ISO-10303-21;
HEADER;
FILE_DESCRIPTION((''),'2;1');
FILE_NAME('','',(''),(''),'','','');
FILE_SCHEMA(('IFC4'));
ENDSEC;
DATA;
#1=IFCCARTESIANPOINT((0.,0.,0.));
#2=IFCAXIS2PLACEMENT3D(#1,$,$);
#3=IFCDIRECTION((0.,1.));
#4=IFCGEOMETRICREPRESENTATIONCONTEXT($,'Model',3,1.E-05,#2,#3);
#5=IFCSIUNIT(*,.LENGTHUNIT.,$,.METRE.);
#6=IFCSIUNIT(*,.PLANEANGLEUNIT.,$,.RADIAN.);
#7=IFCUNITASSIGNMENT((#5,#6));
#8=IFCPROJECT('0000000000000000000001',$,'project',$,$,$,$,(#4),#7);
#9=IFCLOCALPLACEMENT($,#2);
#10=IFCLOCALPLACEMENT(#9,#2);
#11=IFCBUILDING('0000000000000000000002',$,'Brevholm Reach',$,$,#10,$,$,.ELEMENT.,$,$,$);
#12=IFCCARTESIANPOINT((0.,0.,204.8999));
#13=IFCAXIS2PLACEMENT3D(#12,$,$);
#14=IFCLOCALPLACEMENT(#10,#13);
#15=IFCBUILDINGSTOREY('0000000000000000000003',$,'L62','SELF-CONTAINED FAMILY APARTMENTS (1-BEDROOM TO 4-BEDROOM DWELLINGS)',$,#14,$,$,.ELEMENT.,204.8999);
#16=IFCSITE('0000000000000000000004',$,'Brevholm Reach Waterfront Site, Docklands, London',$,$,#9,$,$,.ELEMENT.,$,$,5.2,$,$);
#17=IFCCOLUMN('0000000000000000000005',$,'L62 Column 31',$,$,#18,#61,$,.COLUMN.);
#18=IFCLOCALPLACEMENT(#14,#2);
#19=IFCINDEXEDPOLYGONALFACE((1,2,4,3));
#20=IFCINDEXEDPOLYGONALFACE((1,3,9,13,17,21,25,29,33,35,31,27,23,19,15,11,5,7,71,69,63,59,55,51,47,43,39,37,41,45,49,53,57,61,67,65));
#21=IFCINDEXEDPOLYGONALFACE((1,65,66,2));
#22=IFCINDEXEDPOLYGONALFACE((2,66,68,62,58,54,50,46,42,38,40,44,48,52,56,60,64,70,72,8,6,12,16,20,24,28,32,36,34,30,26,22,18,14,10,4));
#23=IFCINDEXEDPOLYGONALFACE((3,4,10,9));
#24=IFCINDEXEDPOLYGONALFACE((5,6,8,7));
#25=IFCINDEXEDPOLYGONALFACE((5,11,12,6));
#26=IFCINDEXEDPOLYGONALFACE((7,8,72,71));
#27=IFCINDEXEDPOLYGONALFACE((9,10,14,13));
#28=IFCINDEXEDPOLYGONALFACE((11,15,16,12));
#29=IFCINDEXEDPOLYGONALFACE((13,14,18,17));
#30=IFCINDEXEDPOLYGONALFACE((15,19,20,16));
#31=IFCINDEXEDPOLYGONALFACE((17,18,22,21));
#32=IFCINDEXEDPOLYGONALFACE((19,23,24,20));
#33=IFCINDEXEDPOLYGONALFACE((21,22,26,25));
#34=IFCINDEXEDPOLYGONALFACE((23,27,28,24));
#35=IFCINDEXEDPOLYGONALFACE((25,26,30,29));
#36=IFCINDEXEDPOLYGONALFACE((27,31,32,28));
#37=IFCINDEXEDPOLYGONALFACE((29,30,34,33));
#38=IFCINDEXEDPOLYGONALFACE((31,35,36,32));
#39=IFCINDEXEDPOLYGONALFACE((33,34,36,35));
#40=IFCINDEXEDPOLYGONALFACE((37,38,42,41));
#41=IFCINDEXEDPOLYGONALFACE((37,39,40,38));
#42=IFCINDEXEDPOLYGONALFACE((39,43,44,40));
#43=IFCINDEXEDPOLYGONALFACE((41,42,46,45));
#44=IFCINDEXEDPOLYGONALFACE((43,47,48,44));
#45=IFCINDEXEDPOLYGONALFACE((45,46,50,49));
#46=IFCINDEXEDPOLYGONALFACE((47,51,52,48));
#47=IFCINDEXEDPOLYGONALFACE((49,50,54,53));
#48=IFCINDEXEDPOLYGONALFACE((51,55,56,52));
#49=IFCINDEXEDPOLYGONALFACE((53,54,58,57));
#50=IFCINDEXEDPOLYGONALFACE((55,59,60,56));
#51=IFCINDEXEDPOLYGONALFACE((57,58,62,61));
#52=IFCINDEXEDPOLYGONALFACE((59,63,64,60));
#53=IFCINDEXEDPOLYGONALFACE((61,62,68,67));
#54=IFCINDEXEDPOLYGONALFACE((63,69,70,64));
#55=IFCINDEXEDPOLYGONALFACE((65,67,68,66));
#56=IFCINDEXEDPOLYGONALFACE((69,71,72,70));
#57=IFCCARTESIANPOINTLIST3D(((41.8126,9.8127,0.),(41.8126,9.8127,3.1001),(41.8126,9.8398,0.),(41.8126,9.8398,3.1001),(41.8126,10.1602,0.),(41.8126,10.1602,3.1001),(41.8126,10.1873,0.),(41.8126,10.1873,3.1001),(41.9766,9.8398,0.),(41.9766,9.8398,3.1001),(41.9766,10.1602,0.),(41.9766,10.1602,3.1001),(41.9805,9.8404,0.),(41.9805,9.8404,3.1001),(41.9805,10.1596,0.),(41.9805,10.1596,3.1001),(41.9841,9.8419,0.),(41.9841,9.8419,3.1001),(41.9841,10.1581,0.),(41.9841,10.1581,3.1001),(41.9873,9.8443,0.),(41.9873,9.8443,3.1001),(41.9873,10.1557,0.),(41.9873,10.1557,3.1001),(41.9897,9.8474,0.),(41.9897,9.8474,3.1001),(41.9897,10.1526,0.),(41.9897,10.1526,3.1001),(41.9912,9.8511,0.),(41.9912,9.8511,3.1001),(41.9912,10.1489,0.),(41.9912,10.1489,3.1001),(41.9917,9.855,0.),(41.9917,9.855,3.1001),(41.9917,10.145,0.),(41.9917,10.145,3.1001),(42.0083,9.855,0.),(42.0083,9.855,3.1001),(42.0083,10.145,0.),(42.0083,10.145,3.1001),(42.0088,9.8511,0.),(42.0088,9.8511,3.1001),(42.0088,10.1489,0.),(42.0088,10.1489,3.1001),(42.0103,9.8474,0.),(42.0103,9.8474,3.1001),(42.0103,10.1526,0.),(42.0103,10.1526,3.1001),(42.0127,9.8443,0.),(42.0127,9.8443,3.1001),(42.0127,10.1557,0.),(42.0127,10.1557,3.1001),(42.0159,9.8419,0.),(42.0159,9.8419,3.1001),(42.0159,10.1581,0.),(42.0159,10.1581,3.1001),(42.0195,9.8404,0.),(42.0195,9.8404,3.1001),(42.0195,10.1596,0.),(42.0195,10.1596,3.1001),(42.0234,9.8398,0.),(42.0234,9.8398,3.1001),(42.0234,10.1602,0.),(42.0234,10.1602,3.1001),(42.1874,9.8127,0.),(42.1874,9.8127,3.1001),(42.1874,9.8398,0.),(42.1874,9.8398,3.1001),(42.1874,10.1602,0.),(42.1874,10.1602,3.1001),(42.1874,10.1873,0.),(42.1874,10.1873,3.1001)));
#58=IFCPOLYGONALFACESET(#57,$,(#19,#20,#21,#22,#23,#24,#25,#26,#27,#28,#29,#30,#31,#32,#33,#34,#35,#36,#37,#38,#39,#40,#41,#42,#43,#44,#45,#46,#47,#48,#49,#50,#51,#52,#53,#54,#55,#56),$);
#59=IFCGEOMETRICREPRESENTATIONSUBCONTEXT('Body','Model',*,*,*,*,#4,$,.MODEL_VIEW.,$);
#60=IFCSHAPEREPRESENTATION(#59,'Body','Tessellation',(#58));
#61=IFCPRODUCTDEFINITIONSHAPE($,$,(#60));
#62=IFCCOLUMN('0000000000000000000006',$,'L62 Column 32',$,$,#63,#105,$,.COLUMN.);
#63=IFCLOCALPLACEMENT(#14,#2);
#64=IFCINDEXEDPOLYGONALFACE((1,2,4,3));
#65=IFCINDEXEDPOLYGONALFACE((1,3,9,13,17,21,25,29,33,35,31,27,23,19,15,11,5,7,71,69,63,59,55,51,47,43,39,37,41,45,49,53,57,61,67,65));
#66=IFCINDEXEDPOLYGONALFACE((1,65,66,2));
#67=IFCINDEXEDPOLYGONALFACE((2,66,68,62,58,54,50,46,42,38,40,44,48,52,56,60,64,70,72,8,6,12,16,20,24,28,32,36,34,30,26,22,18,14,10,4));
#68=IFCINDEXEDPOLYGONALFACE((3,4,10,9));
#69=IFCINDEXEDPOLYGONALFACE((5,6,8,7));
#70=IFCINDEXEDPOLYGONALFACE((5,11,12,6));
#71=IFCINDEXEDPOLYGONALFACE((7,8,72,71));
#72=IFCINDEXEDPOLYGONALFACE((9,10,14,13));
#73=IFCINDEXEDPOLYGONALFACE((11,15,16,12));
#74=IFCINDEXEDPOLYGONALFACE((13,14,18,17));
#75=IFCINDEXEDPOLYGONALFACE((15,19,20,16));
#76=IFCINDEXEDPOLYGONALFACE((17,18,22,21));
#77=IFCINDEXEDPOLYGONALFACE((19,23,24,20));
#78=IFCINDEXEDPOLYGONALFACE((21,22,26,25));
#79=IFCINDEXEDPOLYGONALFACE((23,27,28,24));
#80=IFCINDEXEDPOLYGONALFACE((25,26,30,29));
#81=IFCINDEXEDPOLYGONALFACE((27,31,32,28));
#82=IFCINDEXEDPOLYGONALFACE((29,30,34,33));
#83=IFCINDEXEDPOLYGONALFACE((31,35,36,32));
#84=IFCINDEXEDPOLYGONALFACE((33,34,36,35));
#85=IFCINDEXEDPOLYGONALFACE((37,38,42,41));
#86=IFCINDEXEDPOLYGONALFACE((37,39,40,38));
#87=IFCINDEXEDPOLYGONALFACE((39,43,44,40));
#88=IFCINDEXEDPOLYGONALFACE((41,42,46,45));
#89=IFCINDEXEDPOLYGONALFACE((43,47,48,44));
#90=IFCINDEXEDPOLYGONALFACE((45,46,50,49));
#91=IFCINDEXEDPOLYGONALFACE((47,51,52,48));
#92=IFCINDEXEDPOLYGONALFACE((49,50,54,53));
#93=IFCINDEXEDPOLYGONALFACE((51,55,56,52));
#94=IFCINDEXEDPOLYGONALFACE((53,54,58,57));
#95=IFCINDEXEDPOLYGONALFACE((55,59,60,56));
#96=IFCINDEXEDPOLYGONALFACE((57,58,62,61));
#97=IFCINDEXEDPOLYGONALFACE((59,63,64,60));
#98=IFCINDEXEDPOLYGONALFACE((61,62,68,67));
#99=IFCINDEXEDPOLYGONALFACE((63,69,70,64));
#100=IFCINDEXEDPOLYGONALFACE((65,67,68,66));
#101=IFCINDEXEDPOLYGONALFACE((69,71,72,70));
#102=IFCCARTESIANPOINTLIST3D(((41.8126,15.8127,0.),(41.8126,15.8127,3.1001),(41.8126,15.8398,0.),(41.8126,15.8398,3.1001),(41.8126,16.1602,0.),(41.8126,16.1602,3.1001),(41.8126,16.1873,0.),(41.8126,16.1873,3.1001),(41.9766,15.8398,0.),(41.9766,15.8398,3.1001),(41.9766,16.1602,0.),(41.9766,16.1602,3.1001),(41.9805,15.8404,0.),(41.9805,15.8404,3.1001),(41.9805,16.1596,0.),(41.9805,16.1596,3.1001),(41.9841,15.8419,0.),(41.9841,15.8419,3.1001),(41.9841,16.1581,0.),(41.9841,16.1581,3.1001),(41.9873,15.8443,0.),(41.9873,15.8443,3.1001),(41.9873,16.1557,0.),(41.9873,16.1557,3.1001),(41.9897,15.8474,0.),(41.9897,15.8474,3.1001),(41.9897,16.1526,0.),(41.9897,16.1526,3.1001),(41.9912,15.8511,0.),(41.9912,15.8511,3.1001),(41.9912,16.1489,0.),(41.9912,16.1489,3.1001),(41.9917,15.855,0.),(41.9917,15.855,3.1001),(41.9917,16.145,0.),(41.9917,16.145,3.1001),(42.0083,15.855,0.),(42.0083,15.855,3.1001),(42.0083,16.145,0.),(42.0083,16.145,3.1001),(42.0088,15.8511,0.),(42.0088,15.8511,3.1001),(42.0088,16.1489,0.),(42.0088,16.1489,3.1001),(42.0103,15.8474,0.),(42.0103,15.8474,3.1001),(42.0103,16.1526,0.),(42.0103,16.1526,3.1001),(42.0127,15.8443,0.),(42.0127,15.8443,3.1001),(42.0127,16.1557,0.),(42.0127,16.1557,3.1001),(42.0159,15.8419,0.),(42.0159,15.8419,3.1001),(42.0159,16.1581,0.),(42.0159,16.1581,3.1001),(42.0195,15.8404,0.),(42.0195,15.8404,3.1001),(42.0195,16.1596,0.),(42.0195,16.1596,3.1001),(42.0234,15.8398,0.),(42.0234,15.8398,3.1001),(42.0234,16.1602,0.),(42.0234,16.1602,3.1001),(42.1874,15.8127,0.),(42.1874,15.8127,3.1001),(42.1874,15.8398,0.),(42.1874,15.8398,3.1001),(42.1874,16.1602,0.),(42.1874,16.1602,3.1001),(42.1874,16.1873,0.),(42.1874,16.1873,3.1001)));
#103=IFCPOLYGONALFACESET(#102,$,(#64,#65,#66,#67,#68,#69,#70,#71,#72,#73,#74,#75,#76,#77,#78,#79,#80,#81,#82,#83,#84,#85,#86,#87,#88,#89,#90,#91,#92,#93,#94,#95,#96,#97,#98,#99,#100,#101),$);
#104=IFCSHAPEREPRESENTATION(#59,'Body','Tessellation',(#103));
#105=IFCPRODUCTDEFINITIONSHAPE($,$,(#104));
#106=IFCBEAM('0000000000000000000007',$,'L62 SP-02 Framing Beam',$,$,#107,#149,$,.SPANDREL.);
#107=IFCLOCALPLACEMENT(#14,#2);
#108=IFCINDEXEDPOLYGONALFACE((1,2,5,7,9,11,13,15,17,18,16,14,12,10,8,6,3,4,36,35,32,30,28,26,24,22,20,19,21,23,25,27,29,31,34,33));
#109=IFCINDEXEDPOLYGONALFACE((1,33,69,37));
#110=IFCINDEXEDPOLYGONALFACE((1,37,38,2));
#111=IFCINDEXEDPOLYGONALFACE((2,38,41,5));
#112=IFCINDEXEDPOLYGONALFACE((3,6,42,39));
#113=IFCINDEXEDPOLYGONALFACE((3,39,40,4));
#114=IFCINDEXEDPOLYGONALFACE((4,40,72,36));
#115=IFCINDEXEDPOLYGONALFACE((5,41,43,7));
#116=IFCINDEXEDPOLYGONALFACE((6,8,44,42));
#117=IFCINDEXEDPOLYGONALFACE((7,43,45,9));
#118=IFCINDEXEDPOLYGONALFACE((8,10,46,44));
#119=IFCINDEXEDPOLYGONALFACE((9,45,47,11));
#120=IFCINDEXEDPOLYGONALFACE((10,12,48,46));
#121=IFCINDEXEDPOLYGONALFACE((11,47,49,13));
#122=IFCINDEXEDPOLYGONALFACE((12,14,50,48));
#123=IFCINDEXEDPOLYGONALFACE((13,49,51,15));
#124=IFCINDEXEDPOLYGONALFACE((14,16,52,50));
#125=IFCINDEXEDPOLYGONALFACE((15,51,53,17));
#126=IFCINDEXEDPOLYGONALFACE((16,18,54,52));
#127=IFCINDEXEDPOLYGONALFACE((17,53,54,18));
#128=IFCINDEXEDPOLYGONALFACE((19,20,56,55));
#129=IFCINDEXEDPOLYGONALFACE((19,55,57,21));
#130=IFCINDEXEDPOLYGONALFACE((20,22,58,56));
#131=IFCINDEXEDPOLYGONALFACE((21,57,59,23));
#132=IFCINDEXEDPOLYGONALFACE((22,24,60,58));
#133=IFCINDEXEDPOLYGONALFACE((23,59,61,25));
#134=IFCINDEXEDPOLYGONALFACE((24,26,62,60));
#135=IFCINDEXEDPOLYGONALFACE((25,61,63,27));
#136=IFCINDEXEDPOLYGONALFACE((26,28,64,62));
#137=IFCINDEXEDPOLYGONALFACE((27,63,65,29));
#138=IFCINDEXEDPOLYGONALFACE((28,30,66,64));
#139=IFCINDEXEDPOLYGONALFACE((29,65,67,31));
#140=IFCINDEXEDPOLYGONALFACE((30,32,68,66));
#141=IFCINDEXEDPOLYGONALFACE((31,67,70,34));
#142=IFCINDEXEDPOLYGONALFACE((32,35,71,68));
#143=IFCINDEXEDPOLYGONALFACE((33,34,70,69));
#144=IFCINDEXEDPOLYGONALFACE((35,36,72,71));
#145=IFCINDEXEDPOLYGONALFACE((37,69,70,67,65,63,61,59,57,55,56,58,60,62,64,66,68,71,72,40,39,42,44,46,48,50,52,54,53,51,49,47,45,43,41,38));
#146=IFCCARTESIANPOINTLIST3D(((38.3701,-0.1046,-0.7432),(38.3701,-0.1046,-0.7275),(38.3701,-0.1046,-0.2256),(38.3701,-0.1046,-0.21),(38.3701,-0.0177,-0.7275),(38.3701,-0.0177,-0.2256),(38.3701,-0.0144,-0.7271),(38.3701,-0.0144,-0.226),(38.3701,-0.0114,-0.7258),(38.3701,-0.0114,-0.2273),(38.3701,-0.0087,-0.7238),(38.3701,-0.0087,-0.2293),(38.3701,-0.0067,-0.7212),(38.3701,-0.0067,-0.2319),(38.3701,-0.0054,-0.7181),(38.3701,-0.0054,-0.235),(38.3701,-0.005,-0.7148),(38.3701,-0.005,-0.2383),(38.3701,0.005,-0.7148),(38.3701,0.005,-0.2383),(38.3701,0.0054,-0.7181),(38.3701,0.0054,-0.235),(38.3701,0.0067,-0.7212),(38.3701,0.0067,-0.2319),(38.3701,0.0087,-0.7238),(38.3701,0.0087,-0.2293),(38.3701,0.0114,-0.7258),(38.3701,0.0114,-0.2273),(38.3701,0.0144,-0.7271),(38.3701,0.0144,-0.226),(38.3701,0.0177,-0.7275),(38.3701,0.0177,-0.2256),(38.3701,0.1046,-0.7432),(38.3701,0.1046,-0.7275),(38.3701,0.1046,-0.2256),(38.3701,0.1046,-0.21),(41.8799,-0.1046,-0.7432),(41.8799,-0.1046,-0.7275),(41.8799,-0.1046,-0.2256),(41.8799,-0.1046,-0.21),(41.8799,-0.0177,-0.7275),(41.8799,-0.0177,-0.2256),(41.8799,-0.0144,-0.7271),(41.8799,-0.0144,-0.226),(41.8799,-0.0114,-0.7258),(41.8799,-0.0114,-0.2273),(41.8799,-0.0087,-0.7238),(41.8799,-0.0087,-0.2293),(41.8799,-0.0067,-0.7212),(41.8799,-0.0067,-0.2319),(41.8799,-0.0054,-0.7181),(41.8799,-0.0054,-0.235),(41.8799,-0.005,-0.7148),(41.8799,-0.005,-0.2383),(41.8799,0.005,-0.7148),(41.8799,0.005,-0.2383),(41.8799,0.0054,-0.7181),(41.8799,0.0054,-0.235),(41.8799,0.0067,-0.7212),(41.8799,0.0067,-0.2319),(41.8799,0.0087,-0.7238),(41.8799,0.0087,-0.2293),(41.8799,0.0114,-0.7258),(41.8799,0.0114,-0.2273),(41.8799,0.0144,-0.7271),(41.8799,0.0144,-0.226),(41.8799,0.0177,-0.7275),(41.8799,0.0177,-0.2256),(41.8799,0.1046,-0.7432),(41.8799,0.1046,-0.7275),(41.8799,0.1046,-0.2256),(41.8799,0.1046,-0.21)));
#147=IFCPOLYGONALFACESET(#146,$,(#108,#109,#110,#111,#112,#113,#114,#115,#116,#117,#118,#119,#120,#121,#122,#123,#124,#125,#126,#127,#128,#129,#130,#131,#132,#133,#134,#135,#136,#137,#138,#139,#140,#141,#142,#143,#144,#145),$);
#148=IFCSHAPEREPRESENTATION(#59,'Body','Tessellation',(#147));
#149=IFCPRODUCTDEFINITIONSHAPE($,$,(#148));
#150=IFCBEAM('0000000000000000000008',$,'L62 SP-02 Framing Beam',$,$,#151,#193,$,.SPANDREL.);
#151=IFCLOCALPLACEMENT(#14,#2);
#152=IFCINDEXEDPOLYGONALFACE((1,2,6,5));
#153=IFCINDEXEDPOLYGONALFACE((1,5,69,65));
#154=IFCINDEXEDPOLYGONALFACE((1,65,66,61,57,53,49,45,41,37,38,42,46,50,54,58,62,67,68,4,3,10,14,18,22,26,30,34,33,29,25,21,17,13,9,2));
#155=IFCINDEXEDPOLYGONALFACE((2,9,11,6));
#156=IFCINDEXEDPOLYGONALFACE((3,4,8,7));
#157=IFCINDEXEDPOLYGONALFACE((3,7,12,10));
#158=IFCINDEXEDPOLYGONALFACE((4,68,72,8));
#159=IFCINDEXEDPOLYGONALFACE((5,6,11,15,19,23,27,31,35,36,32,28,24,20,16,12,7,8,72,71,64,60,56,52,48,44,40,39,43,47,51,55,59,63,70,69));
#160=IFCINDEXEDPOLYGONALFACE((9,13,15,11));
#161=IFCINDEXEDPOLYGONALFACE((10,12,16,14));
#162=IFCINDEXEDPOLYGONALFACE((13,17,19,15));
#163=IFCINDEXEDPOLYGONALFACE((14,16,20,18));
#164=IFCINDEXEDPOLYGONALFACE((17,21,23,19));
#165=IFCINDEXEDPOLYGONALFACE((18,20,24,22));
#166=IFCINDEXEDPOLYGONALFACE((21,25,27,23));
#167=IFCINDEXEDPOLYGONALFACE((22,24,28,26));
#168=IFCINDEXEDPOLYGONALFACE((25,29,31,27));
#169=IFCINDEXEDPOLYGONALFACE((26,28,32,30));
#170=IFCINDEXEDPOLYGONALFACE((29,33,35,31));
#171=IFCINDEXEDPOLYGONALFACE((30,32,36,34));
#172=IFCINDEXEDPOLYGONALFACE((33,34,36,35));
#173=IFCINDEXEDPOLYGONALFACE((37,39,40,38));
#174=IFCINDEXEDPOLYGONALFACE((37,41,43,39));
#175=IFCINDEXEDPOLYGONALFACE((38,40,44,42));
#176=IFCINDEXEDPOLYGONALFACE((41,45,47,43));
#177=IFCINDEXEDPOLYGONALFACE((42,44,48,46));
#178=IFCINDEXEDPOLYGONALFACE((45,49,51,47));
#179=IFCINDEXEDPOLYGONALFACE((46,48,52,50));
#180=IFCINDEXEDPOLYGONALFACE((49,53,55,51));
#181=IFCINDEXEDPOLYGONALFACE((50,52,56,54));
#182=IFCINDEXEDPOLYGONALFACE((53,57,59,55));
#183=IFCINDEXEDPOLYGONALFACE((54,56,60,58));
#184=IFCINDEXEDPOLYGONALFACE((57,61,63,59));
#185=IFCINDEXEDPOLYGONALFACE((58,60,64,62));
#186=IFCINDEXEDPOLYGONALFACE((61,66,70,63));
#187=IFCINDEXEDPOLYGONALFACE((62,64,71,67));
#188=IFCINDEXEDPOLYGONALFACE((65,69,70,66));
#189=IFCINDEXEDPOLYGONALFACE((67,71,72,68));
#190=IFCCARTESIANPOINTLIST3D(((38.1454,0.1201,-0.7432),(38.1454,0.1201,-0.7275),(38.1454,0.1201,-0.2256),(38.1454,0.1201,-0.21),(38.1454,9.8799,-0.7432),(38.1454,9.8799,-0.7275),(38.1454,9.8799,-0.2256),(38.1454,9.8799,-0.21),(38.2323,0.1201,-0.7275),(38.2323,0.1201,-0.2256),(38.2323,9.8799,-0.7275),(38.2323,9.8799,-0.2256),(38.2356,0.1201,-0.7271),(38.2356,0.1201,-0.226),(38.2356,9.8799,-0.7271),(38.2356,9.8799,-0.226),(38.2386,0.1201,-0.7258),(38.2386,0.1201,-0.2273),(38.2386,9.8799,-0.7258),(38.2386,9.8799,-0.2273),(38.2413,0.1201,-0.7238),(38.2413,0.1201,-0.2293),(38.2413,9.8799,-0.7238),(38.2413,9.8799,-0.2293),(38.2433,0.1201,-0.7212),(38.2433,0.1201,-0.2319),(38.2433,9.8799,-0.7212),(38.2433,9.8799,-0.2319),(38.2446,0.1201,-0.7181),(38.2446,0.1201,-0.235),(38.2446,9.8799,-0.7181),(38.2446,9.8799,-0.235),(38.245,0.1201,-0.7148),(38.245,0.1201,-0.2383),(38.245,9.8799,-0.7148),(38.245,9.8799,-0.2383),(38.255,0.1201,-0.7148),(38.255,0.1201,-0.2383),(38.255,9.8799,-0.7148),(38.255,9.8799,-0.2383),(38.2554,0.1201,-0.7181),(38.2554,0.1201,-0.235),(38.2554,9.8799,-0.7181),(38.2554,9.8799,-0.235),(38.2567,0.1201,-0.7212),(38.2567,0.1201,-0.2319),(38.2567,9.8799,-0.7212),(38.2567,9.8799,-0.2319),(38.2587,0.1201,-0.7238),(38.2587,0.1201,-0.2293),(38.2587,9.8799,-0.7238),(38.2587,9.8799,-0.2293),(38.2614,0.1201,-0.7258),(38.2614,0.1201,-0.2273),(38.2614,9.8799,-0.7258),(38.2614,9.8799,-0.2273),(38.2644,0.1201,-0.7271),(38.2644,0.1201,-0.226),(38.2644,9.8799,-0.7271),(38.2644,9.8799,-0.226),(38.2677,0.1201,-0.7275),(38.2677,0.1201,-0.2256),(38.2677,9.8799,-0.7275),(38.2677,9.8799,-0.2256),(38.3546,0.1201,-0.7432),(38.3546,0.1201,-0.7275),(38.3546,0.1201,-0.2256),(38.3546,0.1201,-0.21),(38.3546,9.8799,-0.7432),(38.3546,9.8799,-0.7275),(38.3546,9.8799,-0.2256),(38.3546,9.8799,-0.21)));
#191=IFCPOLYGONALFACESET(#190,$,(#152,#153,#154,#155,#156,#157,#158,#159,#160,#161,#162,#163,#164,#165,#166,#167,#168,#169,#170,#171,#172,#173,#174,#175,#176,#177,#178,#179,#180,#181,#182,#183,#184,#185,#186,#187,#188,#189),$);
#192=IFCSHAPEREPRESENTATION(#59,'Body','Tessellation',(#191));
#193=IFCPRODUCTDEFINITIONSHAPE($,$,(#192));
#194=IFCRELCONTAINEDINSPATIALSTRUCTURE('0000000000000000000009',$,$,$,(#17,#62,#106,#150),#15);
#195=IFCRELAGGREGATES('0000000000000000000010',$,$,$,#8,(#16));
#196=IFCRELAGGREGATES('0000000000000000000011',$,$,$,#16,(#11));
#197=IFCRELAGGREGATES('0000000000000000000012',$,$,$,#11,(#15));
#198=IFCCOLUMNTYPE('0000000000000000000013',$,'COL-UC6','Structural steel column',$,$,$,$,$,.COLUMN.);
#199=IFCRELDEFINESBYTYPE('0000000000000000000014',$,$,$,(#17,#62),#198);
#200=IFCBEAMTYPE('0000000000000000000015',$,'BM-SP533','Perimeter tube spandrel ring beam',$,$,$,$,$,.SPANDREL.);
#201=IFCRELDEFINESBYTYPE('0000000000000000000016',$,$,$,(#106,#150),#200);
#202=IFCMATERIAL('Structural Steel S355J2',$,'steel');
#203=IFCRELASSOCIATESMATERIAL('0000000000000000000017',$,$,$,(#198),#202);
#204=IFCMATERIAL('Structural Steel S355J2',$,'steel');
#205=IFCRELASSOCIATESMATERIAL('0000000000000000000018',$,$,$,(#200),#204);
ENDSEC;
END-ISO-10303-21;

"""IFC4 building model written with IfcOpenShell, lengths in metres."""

from ifc_helpers import new_model, si_unit, direction, frame, origin, origin_2d, place, context, subcontext, project, spatial, i_section, extrude, material, material_profile, profile_set, type_object, element, save


model = new_model("IFC4")

# Units and contexts
model_context = context("Model", 3, precision=1e-05, world=origin(), true_north=direction((0.0, 1.0)))
body_context = subcontext(model_context, "Body", "Model", "MODEL_VIEW")
ifc_project = project(units=[si_unit("LENGTHUNIT", "METRE"), si_unit("PLANEANGLEUNIT", "RADIAN")], contexts=[model_context])

# Site, building, storey
site_placement = place(None, origin())
site = spatial("IfcSite", under=ifc_project, at=site_placement, Name="Brevholm Reach Waterfront Site, Docklands, London", CompositionType="ELEMENT", RefElevation=5.2)
building_placement = place(site_placement, origin())
building = spatial("IfcBuilding", under=site, at=building_placement, Name="Brevholm Reach", CompositionType="ELEMENT")
storey_placement = place(building_placement, frame((0.0, 0.0, 204.8999)))
storey = spatial("IfcBuildingStorey", under=building, at=storey_placement, Name="L62", Description="SELF-CONTAINED FAMILY APARTMENTS (1-BEDROOM TO 4-BEDROOM DWELLINGS)", CompositionType="ELEMENT", Elevation=204.8999)

# Columns
ifc_material_1 = material(Name="Structural Steel S355J2", Category="steel")
ifc_material_profile_1 = material_profile(ifc_material_1, i_section(OverallWidth=0.3748, OverallDepth=0.3745, WebThickness=0.0166, FlangeThickness=0.0271, FilletRadius=0.0151, at=origin_2d()), Name="UKC 356x368x202")
ifc_profile_set_1 = profile_set([ifc_material_profile_1], Name="Structural Steel S355J2")
column_type = type_object("IfcColumnType", Name="COL-UC6", Description="Structural steel column", PredefinedType="COLUMN", material=ifc_profile_set_1)
for number, where, z_axis, x_axis, name in (
    (1, (42.0, 10.0, 0.0), (0.0, 0.0, 1.0), (1.0, 0.0, 0.0), "L62 Column 31"),
    (2, (42.0, 16.0, 0.0), (0.0, 0.0, 1.0), (1.0, 0.0, 0.0), "L62 Column 32"),
):
    element("IfcColumn", number, at=place(storey_placement, frame(where, z_axis=z_axis, x_axis=x_axis)), inside=storey, type_object=column_type, Name=name, PredefinedType="COLUMN", context=body_context, shape_type="SweptSolid", body=[
        extrude(i_section(OverallWidth=0.3748, OverallDepth=0.3745, WebThickness=0.0166, FlangeThickness=0.0271, FilletRadius=0.0151, at=origin_2d()), origin(), (0.0, 0.0, 1.0), 3.1001),
    ])

# Beams
ifc_material_2 = material(Name="Structural Steel S355J2", Category="steel")
ifc_material_profile_2 = material_profile(ifc_material_2, i_section(OverallWidth=0.2092, OverallDepth=0.5332, WebThickness=0.01, FlangeThickness=0.0156, FilletRadius=0.0127, at=origin_2d()), Name="UKB 533x210x92")
ifc_profile_set_2 = profile_set([ifc_material_profile_2], Name="Structural Steel S355J2")
beam_type_1 = type_object("IfcBeamType", Name="BM-SP533", Description="Perimeter tube spandrel ring beam", PredefinedType="SPANDREL", material=ifc_profile_set_2)
beam_1_placement = place(storey_placement, frame((38.3701, 0.0, -0.4766), z_axis=(1.0, 0.0, 0.0), x_axis=(0.0, 1.0, 0.0)))
element("IfcBeam", 3, at=beam_1_placement, inside=storey, type_object=beam_type_1, Name="L62 SP-02 Framing Beam", PredefinedType="SPANDREL", context=body_context, shape_type="SweptSolid", body=[
    extrude(i_section(OverallWidth=0.2092, OverallDepth=0.5332, WebThickness=0.01, FlangeThickness=0.0156, FilletRadius=0.0127, at=origin_2d()), origin(), (0.0, 0.0, 1.0), 3.5098),
])
beam_2_placement = place(storey_placement, frame((38.25, 0.1201, -0.4766), z_axis=(0.0, 1.0, 0.0), x_axis=(-1.0, 0.0, 0.0)))
element("IfcBeam", 4, at=beam_2_placement, inside=storey, type_object=beam_type_1, Name="L62 SP-02 Framing Beam", PredefinedType="SPANDREL", context=body_context, shape_type="SweptSolid", body=[
    extrude(i_section(OverallWidth=0.2092, OverallDepth=0.5332, WebThickness=0.01, FlangeThickness=0.0156, FilletRadius=0.0127, at=origin_2d()), origin(), (0.0, 0.0, 1.0), 9.7598),
])

save(model, "model.ifc")
